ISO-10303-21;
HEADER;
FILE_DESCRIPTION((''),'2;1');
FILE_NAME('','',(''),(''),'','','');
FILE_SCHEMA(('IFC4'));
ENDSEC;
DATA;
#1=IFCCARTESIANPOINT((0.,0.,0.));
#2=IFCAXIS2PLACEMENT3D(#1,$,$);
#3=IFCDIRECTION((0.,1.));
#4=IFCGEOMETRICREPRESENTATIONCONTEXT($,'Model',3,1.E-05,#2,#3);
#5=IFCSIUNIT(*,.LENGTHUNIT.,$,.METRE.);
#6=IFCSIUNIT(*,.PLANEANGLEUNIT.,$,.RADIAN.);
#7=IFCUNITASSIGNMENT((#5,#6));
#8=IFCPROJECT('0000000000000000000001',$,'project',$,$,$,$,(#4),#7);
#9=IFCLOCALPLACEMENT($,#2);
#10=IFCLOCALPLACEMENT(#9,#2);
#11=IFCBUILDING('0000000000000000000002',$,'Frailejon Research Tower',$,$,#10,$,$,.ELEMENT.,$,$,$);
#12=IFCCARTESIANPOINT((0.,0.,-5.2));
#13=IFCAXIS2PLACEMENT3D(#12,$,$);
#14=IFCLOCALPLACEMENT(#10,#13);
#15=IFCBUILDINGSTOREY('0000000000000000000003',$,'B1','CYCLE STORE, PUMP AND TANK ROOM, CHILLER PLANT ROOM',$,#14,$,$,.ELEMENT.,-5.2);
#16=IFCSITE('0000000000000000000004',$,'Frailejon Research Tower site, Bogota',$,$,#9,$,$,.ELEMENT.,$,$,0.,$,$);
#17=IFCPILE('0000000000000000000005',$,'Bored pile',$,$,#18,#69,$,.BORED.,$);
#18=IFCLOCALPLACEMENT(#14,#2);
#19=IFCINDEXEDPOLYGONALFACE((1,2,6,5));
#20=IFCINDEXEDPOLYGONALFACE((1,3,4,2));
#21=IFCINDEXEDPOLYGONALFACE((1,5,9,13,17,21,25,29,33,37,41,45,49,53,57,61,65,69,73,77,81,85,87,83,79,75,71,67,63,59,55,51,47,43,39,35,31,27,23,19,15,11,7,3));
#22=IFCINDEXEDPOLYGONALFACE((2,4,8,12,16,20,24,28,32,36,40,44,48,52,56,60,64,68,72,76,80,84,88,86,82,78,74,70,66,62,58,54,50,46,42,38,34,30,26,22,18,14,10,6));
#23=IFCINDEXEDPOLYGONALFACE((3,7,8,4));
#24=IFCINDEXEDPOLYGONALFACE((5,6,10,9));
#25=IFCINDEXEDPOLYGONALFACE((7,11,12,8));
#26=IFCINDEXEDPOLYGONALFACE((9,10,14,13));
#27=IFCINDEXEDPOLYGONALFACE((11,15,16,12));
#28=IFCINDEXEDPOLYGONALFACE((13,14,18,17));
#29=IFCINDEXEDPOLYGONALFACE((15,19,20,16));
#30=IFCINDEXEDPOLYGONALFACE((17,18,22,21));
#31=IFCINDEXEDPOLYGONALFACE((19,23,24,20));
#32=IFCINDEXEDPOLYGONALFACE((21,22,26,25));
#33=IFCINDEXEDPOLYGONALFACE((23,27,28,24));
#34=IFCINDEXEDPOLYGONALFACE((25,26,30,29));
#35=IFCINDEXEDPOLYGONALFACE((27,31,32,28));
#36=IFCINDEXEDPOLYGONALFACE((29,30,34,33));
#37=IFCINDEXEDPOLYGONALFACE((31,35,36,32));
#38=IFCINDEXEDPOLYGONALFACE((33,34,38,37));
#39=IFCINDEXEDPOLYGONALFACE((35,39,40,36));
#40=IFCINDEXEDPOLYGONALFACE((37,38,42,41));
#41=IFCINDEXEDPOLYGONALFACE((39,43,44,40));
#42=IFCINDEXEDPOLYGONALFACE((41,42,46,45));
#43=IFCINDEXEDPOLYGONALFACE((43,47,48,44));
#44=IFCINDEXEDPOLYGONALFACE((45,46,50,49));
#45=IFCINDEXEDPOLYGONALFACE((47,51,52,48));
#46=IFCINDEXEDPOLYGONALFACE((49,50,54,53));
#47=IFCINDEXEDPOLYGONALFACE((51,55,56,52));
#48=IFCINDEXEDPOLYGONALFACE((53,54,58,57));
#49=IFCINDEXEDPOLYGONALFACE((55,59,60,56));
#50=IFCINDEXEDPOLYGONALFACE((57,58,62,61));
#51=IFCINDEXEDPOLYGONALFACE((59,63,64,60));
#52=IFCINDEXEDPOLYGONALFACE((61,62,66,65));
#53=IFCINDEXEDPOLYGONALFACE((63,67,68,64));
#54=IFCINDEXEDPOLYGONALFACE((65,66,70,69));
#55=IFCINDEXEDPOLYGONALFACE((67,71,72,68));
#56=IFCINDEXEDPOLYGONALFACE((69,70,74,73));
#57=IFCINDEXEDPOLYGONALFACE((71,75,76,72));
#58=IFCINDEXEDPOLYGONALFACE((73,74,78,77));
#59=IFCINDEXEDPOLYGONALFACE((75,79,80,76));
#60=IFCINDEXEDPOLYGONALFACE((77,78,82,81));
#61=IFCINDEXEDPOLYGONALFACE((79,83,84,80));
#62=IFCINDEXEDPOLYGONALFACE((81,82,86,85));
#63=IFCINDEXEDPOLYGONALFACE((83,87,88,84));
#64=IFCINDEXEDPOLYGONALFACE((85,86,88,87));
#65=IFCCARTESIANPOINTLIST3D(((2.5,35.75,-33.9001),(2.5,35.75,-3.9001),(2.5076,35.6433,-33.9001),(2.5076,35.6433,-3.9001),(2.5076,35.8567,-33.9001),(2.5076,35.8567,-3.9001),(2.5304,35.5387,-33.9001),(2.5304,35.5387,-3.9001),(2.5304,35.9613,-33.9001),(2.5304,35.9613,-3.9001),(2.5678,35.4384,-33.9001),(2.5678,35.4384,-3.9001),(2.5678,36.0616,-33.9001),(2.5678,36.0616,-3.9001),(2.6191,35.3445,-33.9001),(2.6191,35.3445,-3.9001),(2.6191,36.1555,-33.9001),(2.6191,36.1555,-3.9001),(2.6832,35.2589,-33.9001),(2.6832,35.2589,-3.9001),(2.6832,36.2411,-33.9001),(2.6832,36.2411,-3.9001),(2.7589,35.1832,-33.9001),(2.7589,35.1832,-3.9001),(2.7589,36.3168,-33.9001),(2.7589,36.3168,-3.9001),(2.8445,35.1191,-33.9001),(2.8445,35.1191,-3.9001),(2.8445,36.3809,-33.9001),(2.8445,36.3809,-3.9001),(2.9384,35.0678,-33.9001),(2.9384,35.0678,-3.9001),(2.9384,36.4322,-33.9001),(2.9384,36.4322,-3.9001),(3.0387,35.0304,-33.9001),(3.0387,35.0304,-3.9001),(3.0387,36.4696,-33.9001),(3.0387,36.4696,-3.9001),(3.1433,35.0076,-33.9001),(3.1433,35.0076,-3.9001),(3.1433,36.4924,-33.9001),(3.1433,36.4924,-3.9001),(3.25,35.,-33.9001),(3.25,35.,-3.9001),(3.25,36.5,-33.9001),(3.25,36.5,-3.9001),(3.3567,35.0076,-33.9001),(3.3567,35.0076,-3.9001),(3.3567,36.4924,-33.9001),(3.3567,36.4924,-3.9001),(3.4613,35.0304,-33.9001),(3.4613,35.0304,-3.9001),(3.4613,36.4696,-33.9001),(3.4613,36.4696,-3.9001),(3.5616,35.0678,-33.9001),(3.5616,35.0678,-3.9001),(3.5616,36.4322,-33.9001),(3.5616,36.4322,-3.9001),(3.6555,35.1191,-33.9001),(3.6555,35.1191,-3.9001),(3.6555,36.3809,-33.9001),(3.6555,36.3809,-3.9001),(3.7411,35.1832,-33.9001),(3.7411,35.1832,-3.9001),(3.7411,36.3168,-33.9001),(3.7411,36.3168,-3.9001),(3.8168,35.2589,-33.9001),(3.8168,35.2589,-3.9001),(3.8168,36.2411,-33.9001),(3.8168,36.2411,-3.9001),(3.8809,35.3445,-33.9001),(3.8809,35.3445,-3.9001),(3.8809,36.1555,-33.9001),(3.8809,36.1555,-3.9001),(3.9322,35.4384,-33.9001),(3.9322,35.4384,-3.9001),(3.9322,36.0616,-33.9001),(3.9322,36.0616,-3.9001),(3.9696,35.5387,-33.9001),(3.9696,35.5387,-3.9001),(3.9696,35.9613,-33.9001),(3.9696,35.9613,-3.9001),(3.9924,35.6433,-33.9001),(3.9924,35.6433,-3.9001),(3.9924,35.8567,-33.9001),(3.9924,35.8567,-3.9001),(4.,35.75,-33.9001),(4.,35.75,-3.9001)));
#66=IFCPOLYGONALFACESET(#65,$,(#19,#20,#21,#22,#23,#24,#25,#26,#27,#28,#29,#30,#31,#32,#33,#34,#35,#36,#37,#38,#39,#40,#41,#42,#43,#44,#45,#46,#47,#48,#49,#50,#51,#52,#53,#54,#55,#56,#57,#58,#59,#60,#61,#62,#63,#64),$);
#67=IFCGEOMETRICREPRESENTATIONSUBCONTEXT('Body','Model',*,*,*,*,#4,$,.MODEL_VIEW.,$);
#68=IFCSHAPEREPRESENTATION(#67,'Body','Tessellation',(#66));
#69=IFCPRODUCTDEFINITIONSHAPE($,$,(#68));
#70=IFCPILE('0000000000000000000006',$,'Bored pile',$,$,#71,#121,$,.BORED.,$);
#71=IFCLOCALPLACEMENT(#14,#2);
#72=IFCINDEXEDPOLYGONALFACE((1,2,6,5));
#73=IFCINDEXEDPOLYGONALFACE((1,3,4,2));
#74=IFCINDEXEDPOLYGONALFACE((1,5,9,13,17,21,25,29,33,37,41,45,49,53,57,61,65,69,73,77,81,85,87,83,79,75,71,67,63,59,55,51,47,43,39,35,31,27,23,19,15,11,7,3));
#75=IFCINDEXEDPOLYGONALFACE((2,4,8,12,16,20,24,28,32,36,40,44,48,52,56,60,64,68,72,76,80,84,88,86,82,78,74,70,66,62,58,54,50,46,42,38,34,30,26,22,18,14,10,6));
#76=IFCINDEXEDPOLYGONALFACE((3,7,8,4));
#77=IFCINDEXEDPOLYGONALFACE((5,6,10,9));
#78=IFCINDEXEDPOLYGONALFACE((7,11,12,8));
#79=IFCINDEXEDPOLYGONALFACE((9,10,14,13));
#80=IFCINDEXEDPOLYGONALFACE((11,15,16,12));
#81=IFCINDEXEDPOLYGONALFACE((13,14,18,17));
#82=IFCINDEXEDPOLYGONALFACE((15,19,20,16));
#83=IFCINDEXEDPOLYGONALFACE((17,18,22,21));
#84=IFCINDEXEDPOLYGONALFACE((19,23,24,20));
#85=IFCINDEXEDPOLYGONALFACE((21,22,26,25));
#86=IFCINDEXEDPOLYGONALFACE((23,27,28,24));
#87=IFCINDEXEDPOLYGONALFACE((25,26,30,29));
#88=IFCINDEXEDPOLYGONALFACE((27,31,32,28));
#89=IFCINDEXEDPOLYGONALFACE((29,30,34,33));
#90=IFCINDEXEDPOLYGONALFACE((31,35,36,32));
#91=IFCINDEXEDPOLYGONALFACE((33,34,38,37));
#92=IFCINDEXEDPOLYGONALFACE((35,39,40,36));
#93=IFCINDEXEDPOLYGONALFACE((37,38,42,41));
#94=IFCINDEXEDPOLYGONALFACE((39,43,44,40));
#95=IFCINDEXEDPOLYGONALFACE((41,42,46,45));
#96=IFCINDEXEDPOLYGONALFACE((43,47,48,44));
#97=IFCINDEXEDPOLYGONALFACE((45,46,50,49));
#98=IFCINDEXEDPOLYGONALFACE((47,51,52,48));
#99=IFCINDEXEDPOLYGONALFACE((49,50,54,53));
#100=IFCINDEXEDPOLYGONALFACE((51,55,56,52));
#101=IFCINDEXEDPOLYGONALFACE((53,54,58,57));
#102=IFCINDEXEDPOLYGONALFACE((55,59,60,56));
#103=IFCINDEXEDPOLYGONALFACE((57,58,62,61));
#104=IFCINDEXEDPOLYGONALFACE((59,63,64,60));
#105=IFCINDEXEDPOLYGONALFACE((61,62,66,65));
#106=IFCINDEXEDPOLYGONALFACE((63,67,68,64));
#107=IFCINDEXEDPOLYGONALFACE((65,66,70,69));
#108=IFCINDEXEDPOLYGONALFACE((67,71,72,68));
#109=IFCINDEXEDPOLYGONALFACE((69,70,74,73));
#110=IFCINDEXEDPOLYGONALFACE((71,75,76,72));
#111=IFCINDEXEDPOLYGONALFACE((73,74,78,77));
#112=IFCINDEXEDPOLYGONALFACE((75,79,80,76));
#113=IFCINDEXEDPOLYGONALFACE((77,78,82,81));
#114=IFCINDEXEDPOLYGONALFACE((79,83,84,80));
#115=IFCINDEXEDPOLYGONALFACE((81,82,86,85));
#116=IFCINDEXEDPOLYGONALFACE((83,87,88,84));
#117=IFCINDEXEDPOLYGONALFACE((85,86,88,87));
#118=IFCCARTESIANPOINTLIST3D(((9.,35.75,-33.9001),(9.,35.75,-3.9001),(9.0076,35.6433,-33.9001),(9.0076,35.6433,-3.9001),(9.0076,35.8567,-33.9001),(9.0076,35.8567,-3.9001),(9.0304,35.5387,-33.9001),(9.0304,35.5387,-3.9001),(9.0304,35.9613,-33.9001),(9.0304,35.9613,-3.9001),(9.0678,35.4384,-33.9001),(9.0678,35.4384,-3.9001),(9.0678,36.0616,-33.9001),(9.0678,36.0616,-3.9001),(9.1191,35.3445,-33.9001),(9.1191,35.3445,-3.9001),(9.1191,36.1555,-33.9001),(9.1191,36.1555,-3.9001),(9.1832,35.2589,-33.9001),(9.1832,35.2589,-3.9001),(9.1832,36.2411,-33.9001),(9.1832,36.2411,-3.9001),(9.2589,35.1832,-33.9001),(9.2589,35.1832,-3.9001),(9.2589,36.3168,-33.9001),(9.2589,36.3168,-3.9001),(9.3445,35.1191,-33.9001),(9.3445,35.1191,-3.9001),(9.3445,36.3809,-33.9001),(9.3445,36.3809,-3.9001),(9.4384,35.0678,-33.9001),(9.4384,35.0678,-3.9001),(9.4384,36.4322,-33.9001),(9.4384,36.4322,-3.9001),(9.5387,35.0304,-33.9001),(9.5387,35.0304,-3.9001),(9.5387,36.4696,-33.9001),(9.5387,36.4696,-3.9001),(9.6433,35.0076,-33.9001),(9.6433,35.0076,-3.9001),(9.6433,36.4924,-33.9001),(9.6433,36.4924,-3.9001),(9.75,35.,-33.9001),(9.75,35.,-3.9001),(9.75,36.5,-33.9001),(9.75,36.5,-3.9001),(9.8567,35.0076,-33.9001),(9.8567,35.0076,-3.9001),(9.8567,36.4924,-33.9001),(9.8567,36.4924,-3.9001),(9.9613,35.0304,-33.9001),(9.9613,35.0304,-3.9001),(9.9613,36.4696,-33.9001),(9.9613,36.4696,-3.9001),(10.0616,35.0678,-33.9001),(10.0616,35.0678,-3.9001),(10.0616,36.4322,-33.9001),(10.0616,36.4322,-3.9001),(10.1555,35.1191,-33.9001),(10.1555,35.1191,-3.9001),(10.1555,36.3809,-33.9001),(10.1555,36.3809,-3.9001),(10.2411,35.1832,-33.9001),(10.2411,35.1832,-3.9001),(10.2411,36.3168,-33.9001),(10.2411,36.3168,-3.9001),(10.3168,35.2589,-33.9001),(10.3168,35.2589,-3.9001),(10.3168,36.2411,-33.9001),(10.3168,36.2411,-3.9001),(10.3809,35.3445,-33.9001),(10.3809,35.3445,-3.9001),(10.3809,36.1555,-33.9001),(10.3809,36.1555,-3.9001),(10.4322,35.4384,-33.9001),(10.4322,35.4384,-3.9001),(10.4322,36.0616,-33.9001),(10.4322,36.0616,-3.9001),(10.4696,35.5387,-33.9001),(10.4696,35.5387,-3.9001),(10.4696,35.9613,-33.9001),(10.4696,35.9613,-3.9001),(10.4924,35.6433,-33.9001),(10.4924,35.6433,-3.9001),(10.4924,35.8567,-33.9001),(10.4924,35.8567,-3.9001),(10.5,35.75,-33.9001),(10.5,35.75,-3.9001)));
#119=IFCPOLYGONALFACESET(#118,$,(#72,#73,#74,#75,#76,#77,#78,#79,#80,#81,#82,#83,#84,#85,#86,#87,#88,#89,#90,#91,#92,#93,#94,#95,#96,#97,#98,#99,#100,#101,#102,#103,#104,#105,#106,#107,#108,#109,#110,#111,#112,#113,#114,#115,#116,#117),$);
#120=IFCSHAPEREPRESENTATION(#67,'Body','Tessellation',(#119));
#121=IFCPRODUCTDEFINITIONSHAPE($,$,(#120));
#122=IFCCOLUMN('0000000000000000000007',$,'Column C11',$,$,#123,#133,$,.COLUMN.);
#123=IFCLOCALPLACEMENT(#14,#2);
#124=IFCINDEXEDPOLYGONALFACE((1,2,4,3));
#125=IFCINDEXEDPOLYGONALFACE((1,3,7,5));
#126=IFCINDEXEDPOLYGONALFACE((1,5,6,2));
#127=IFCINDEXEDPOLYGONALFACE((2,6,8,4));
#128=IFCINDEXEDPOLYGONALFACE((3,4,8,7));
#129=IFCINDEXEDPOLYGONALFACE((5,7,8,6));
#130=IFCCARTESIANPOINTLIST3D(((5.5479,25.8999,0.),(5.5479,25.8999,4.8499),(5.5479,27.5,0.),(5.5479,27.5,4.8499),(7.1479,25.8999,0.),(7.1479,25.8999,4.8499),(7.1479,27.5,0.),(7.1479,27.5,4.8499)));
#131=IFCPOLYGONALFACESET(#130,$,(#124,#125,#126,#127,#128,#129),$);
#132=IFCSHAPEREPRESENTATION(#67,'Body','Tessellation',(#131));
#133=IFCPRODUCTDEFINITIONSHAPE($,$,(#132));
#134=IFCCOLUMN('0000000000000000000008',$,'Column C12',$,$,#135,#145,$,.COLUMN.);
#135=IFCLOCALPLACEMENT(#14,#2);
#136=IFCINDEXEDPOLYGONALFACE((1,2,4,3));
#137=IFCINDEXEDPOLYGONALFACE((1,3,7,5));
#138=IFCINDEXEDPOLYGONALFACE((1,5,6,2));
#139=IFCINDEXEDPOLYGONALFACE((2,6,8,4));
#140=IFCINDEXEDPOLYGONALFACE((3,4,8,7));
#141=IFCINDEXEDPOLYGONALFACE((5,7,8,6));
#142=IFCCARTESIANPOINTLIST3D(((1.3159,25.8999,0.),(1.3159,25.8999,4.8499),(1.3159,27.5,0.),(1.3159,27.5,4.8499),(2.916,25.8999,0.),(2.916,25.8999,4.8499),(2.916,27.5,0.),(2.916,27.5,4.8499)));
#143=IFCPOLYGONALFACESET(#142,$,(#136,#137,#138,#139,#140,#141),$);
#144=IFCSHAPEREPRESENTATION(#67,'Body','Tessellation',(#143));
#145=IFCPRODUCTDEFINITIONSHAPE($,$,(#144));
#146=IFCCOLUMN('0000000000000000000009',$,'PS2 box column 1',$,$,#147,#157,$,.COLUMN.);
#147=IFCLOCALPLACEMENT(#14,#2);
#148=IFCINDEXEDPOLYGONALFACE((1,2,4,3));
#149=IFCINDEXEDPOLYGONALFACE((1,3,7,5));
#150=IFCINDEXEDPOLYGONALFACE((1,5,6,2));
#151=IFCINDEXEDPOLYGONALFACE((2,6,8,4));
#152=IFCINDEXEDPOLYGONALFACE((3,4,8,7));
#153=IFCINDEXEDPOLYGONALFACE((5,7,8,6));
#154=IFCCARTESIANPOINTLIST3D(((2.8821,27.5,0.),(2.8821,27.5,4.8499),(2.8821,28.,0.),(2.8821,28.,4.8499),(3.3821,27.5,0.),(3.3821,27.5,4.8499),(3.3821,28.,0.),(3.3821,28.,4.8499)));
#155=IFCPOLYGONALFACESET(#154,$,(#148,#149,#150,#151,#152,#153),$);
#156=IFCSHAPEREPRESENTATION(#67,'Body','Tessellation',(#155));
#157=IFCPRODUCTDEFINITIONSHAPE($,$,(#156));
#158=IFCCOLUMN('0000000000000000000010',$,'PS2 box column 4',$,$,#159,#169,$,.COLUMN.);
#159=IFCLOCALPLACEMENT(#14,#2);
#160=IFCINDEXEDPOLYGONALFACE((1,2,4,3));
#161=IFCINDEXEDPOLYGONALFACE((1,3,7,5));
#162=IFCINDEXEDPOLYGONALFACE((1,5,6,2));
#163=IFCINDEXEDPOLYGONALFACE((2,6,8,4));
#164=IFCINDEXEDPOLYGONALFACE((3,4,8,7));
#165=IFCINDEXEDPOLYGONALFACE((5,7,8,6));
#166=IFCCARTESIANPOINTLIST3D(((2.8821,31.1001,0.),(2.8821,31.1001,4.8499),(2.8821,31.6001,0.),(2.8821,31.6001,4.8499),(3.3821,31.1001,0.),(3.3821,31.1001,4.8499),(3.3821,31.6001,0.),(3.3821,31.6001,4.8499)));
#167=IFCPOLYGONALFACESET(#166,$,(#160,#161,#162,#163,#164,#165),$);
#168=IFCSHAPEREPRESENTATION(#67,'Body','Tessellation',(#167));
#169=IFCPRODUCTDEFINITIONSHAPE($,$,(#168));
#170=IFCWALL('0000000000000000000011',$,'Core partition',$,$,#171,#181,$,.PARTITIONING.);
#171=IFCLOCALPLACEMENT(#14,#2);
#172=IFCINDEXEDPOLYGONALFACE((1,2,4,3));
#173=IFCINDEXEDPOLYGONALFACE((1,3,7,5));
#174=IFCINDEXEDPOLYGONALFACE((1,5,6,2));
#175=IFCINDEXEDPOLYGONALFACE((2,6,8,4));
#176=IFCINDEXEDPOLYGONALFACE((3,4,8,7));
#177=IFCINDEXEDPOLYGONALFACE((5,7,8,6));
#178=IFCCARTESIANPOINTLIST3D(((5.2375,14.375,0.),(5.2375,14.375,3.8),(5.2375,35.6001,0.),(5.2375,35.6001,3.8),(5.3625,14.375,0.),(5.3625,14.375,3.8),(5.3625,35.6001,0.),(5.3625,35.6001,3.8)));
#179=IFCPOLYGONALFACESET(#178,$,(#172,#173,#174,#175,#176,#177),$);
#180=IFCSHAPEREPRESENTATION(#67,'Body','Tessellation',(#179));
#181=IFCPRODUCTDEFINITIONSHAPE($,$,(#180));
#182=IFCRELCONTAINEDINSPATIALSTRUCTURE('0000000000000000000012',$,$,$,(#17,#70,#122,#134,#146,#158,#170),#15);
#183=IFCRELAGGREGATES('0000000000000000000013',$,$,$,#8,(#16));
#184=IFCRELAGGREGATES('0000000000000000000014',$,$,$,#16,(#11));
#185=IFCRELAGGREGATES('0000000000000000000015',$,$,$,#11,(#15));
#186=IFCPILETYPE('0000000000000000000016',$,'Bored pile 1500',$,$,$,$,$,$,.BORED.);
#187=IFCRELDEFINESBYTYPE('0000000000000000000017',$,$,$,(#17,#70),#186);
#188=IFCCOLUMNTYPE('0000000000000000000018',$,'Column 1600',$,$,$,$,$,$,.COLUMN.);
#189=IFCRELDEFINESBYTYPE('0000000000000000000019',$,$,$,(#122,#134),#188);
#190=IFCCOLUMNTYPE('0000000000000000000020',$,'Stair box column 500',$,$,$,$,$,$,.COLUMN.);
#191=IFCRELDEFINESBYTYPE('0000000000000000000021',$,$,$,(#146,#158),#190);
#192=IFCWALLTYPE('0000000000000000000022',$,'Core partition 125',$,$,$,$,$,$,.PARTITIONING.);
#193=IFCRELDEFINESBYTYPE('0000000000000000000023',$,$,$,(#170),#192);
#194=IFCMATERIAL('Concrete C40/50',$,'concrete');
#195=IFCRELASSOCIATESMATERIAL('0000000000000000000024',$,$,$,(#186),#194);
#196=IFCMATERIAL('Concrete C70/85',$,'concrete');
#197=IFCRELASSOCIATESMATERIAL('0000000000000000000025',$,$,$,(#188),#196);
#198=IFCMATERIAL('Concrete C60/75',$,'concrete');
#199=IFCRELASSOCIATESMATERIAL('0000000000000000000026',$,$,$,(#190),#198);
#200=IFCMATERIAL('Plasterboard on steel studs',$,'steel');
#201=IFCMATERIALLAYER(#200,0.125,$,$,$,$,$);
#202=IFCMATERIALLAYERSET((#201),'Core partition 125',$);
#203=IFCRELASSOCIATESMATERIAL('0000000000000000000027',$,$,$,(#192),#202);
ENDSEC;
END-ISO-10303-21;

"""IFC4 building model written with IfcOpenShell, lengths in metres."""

from ifc_helpers import new_model, si_unit, direction, frame, frame_2d, origin, origin_2d, place, context, subcontext, project, spatial, rectangle, circle, extrude, material, layer, layer_set, material_profile, profile_set, type_object, element, save


model = new_model("IFC4")

# Units and contexts
model_context = context("Model", 3, precision=1e-05, world=origin(), true_north=direction((0.0, 1.0)))
body_context = subcontext(model_context, "Body", "Model", "MODEL_VIEW")
ifc_project = project(units=[si_unit("LENGTHUNIT", "METRE"), si_unit("PLANEANGLEUNIT", "RADIAN")], contexts=[model_context])

# Site, building, storey
site_placement = place(None, origin())
site = spatial("IfcSite", under=ifc_project, at=site_placement, Name="Frailejon Research Tower site, Bogota", CompositionType="ELEMENT", RefElevation=0.0)
building_placement = place(site_placement, origin())
building = spatial("IfcBuilding", under=site, at=building_placement, Name="Frailejon Research Tower", CompositionType="ELEMENT")
storey_placement = place(building_placement, frame((0.0, 0.0, -5.2)))
storey = spatial("IfcBuildingStorey", under=building, at=storey_placement, Name="B1", Description="CYCLE STORE, PUMP AND TANK ROOM, CHILLER PLANT ROOM", CompositionType="ELEMENT", Elevation=-5.2)

# Piles
ifc_material_1 = material(Name="Concrete C40/50", Category="concrete")
ifc_material_profile_1 = material_profile(ifc_material_1, circle(Radius=0.75, at=origin_2d()), Name="Bored pile 1500")
ifc_profile_set_1 = profile_set([ifc_material_profile_1], Name="Concrete C40/50")
pile_type = type_object("IfcPileType", Name="Bored pile 1500", PredefinedType="BORED", material=ifc_profile_set_1)
for number, where, z_axis, x_axis, name in (
    (1, (3.25, 35.75, -3.9001), (0.0, 0.0, -1.0), (1.0, 0.0, 0.0), "Bored pile"),
    (2, (9.75, 35.75, -3.9001), (0.0, 0.0, -1.0), (1.0, 0.0, 0.0), "Bored pile"),
):
    element("IfcPile", number, at=place(storey_placement, frame(where, z_axis=z_axis, x_axis=x_axis)), inside=storey, type_object=pile_type, Name=name, PredefinedType="BORED", context=body_context, shape_type="SweptSolid", body=[
        extrude(circle(Radius=0.75, at=origin_2d()), origin(), (0.0, 0.0, 1.0), 30.0),
    ])

# Columns
ifc_material_2 = material(Name="Concrete C70/85", Category="concrete")
ifc_material_profile_2 = material_profile(ifc_material_2, rectangle(XDim=1.6001, YDim=1.6001, at=origin_2d()), Name="Column 1600")
ifc_profile_set_2 = profile_set([ifc_material_profile_2], Name="Concrete C70/85")
column_type_1 = type_object("IfcColumnType", Name="Column 1600", PredefinedType="COLUMN", material=ifc_profile_set_2)
for number, where, z_axis, x_axis, name in (
    (3, (6.3479, 26.7, 0.0), (0.0, 0.0, 1.0), (-1.0, 0.0, 0.0), "Column C11"),
    (4, (2.116, 26.7, 0.0), (0.0, 0.0, 1.0), (-1.0, 0.0, 0.0), "Column C12"),
):
    element("IfcColumn", number, at=place(storey_placement, frame(where, z_axis=z_axis, x_axis=x_axis)), inside=storey, type_object=column_type_1, Name=name, PredefinedType="COLUMN", context=body_context, shape_type="SweptSolid", body=[
        extrude(rectangle(XDim=1.6001, YDim=1.6001, at=origin_2d()), origin(), (0.0, 0.0, 1.0), 4.8499),
    ])
ifc_material_3 = material(Name="Concrete C60/75", Category="concrete")
ifc_material_profile_3 = material_profile(ifc_material_3, rectangle(XDim=0.5, YDim=0.5, at=origin_2d()), Name="Stair box column 500")
ifc_profile_set_3 = profile_set([ifc_material_profile_3], Name="Concrete C60/75")
column_type_2 = type_object("IfcColumnType", Name="Stair box column 500", PredefinedType="COLUMN", material=ifc_profile_set_3)
for number, where, z_axis, x_axis, name in (
    (5, (3.1321, 27.75, 0.0), (0.0, 0.0, 1.0), (1.0, 0.0, 0.0), "PS2 box column 1"),
    (6, (3.1321, 31.3501, 0.0), (0.0, 0.0, 1.0), (1.0, 0.0, 0.0), "PS2 box column 4"),
):
    element("IfcColumn", number, at=place(storey_placement, frame(where, z_axis=z_axis, x_axis=x_axis)), inside=storey, type_object=column_type_2, Name=name, PredefinedType="COLUMN", context=body_context, shape_type="SweptSolid", body=[
        extrude(rectangle(XDim=0.5, YDim=0.5, at=origin_2d()), origin(), (0.0, 0.0, 1.0), 4.8499),
    ])

# Wall
ifc_material_4 = material(Name="Plasterboard on steel studs", Category="steel")
ifc_layer = layer(ifc_material_4, 0.125)
ifc_layer_set = layer_set([ifc_layer], Name="Core partition 125")
wall_type = type_object("IfcWallType", Name="Core partition 125", PredefinedType="PARTITIONING", material=ifc_layer_set)
wall_placement = place(storey_placement, frame((5.3, 14.375, 0.0), z_axis=(0.0, 0.0, 1.0), x_axis=(0.0, 1.0, 0.0)))
element("IfcWall", 7, at=wall_placement, inside=storey, type_object=wall_type, Name="Core partition", PredefinedType="PARTITIONING", context=body_context, shape_type="SweptSolid", body=[
    extrude(rectangle(XDim=21.2251, YDim=0.125, at=frame_2d((10.6125, 0.0))), origin(), (0.0, 0.0, 1.0), 3.8),
])

save(model, "model.ifc")
